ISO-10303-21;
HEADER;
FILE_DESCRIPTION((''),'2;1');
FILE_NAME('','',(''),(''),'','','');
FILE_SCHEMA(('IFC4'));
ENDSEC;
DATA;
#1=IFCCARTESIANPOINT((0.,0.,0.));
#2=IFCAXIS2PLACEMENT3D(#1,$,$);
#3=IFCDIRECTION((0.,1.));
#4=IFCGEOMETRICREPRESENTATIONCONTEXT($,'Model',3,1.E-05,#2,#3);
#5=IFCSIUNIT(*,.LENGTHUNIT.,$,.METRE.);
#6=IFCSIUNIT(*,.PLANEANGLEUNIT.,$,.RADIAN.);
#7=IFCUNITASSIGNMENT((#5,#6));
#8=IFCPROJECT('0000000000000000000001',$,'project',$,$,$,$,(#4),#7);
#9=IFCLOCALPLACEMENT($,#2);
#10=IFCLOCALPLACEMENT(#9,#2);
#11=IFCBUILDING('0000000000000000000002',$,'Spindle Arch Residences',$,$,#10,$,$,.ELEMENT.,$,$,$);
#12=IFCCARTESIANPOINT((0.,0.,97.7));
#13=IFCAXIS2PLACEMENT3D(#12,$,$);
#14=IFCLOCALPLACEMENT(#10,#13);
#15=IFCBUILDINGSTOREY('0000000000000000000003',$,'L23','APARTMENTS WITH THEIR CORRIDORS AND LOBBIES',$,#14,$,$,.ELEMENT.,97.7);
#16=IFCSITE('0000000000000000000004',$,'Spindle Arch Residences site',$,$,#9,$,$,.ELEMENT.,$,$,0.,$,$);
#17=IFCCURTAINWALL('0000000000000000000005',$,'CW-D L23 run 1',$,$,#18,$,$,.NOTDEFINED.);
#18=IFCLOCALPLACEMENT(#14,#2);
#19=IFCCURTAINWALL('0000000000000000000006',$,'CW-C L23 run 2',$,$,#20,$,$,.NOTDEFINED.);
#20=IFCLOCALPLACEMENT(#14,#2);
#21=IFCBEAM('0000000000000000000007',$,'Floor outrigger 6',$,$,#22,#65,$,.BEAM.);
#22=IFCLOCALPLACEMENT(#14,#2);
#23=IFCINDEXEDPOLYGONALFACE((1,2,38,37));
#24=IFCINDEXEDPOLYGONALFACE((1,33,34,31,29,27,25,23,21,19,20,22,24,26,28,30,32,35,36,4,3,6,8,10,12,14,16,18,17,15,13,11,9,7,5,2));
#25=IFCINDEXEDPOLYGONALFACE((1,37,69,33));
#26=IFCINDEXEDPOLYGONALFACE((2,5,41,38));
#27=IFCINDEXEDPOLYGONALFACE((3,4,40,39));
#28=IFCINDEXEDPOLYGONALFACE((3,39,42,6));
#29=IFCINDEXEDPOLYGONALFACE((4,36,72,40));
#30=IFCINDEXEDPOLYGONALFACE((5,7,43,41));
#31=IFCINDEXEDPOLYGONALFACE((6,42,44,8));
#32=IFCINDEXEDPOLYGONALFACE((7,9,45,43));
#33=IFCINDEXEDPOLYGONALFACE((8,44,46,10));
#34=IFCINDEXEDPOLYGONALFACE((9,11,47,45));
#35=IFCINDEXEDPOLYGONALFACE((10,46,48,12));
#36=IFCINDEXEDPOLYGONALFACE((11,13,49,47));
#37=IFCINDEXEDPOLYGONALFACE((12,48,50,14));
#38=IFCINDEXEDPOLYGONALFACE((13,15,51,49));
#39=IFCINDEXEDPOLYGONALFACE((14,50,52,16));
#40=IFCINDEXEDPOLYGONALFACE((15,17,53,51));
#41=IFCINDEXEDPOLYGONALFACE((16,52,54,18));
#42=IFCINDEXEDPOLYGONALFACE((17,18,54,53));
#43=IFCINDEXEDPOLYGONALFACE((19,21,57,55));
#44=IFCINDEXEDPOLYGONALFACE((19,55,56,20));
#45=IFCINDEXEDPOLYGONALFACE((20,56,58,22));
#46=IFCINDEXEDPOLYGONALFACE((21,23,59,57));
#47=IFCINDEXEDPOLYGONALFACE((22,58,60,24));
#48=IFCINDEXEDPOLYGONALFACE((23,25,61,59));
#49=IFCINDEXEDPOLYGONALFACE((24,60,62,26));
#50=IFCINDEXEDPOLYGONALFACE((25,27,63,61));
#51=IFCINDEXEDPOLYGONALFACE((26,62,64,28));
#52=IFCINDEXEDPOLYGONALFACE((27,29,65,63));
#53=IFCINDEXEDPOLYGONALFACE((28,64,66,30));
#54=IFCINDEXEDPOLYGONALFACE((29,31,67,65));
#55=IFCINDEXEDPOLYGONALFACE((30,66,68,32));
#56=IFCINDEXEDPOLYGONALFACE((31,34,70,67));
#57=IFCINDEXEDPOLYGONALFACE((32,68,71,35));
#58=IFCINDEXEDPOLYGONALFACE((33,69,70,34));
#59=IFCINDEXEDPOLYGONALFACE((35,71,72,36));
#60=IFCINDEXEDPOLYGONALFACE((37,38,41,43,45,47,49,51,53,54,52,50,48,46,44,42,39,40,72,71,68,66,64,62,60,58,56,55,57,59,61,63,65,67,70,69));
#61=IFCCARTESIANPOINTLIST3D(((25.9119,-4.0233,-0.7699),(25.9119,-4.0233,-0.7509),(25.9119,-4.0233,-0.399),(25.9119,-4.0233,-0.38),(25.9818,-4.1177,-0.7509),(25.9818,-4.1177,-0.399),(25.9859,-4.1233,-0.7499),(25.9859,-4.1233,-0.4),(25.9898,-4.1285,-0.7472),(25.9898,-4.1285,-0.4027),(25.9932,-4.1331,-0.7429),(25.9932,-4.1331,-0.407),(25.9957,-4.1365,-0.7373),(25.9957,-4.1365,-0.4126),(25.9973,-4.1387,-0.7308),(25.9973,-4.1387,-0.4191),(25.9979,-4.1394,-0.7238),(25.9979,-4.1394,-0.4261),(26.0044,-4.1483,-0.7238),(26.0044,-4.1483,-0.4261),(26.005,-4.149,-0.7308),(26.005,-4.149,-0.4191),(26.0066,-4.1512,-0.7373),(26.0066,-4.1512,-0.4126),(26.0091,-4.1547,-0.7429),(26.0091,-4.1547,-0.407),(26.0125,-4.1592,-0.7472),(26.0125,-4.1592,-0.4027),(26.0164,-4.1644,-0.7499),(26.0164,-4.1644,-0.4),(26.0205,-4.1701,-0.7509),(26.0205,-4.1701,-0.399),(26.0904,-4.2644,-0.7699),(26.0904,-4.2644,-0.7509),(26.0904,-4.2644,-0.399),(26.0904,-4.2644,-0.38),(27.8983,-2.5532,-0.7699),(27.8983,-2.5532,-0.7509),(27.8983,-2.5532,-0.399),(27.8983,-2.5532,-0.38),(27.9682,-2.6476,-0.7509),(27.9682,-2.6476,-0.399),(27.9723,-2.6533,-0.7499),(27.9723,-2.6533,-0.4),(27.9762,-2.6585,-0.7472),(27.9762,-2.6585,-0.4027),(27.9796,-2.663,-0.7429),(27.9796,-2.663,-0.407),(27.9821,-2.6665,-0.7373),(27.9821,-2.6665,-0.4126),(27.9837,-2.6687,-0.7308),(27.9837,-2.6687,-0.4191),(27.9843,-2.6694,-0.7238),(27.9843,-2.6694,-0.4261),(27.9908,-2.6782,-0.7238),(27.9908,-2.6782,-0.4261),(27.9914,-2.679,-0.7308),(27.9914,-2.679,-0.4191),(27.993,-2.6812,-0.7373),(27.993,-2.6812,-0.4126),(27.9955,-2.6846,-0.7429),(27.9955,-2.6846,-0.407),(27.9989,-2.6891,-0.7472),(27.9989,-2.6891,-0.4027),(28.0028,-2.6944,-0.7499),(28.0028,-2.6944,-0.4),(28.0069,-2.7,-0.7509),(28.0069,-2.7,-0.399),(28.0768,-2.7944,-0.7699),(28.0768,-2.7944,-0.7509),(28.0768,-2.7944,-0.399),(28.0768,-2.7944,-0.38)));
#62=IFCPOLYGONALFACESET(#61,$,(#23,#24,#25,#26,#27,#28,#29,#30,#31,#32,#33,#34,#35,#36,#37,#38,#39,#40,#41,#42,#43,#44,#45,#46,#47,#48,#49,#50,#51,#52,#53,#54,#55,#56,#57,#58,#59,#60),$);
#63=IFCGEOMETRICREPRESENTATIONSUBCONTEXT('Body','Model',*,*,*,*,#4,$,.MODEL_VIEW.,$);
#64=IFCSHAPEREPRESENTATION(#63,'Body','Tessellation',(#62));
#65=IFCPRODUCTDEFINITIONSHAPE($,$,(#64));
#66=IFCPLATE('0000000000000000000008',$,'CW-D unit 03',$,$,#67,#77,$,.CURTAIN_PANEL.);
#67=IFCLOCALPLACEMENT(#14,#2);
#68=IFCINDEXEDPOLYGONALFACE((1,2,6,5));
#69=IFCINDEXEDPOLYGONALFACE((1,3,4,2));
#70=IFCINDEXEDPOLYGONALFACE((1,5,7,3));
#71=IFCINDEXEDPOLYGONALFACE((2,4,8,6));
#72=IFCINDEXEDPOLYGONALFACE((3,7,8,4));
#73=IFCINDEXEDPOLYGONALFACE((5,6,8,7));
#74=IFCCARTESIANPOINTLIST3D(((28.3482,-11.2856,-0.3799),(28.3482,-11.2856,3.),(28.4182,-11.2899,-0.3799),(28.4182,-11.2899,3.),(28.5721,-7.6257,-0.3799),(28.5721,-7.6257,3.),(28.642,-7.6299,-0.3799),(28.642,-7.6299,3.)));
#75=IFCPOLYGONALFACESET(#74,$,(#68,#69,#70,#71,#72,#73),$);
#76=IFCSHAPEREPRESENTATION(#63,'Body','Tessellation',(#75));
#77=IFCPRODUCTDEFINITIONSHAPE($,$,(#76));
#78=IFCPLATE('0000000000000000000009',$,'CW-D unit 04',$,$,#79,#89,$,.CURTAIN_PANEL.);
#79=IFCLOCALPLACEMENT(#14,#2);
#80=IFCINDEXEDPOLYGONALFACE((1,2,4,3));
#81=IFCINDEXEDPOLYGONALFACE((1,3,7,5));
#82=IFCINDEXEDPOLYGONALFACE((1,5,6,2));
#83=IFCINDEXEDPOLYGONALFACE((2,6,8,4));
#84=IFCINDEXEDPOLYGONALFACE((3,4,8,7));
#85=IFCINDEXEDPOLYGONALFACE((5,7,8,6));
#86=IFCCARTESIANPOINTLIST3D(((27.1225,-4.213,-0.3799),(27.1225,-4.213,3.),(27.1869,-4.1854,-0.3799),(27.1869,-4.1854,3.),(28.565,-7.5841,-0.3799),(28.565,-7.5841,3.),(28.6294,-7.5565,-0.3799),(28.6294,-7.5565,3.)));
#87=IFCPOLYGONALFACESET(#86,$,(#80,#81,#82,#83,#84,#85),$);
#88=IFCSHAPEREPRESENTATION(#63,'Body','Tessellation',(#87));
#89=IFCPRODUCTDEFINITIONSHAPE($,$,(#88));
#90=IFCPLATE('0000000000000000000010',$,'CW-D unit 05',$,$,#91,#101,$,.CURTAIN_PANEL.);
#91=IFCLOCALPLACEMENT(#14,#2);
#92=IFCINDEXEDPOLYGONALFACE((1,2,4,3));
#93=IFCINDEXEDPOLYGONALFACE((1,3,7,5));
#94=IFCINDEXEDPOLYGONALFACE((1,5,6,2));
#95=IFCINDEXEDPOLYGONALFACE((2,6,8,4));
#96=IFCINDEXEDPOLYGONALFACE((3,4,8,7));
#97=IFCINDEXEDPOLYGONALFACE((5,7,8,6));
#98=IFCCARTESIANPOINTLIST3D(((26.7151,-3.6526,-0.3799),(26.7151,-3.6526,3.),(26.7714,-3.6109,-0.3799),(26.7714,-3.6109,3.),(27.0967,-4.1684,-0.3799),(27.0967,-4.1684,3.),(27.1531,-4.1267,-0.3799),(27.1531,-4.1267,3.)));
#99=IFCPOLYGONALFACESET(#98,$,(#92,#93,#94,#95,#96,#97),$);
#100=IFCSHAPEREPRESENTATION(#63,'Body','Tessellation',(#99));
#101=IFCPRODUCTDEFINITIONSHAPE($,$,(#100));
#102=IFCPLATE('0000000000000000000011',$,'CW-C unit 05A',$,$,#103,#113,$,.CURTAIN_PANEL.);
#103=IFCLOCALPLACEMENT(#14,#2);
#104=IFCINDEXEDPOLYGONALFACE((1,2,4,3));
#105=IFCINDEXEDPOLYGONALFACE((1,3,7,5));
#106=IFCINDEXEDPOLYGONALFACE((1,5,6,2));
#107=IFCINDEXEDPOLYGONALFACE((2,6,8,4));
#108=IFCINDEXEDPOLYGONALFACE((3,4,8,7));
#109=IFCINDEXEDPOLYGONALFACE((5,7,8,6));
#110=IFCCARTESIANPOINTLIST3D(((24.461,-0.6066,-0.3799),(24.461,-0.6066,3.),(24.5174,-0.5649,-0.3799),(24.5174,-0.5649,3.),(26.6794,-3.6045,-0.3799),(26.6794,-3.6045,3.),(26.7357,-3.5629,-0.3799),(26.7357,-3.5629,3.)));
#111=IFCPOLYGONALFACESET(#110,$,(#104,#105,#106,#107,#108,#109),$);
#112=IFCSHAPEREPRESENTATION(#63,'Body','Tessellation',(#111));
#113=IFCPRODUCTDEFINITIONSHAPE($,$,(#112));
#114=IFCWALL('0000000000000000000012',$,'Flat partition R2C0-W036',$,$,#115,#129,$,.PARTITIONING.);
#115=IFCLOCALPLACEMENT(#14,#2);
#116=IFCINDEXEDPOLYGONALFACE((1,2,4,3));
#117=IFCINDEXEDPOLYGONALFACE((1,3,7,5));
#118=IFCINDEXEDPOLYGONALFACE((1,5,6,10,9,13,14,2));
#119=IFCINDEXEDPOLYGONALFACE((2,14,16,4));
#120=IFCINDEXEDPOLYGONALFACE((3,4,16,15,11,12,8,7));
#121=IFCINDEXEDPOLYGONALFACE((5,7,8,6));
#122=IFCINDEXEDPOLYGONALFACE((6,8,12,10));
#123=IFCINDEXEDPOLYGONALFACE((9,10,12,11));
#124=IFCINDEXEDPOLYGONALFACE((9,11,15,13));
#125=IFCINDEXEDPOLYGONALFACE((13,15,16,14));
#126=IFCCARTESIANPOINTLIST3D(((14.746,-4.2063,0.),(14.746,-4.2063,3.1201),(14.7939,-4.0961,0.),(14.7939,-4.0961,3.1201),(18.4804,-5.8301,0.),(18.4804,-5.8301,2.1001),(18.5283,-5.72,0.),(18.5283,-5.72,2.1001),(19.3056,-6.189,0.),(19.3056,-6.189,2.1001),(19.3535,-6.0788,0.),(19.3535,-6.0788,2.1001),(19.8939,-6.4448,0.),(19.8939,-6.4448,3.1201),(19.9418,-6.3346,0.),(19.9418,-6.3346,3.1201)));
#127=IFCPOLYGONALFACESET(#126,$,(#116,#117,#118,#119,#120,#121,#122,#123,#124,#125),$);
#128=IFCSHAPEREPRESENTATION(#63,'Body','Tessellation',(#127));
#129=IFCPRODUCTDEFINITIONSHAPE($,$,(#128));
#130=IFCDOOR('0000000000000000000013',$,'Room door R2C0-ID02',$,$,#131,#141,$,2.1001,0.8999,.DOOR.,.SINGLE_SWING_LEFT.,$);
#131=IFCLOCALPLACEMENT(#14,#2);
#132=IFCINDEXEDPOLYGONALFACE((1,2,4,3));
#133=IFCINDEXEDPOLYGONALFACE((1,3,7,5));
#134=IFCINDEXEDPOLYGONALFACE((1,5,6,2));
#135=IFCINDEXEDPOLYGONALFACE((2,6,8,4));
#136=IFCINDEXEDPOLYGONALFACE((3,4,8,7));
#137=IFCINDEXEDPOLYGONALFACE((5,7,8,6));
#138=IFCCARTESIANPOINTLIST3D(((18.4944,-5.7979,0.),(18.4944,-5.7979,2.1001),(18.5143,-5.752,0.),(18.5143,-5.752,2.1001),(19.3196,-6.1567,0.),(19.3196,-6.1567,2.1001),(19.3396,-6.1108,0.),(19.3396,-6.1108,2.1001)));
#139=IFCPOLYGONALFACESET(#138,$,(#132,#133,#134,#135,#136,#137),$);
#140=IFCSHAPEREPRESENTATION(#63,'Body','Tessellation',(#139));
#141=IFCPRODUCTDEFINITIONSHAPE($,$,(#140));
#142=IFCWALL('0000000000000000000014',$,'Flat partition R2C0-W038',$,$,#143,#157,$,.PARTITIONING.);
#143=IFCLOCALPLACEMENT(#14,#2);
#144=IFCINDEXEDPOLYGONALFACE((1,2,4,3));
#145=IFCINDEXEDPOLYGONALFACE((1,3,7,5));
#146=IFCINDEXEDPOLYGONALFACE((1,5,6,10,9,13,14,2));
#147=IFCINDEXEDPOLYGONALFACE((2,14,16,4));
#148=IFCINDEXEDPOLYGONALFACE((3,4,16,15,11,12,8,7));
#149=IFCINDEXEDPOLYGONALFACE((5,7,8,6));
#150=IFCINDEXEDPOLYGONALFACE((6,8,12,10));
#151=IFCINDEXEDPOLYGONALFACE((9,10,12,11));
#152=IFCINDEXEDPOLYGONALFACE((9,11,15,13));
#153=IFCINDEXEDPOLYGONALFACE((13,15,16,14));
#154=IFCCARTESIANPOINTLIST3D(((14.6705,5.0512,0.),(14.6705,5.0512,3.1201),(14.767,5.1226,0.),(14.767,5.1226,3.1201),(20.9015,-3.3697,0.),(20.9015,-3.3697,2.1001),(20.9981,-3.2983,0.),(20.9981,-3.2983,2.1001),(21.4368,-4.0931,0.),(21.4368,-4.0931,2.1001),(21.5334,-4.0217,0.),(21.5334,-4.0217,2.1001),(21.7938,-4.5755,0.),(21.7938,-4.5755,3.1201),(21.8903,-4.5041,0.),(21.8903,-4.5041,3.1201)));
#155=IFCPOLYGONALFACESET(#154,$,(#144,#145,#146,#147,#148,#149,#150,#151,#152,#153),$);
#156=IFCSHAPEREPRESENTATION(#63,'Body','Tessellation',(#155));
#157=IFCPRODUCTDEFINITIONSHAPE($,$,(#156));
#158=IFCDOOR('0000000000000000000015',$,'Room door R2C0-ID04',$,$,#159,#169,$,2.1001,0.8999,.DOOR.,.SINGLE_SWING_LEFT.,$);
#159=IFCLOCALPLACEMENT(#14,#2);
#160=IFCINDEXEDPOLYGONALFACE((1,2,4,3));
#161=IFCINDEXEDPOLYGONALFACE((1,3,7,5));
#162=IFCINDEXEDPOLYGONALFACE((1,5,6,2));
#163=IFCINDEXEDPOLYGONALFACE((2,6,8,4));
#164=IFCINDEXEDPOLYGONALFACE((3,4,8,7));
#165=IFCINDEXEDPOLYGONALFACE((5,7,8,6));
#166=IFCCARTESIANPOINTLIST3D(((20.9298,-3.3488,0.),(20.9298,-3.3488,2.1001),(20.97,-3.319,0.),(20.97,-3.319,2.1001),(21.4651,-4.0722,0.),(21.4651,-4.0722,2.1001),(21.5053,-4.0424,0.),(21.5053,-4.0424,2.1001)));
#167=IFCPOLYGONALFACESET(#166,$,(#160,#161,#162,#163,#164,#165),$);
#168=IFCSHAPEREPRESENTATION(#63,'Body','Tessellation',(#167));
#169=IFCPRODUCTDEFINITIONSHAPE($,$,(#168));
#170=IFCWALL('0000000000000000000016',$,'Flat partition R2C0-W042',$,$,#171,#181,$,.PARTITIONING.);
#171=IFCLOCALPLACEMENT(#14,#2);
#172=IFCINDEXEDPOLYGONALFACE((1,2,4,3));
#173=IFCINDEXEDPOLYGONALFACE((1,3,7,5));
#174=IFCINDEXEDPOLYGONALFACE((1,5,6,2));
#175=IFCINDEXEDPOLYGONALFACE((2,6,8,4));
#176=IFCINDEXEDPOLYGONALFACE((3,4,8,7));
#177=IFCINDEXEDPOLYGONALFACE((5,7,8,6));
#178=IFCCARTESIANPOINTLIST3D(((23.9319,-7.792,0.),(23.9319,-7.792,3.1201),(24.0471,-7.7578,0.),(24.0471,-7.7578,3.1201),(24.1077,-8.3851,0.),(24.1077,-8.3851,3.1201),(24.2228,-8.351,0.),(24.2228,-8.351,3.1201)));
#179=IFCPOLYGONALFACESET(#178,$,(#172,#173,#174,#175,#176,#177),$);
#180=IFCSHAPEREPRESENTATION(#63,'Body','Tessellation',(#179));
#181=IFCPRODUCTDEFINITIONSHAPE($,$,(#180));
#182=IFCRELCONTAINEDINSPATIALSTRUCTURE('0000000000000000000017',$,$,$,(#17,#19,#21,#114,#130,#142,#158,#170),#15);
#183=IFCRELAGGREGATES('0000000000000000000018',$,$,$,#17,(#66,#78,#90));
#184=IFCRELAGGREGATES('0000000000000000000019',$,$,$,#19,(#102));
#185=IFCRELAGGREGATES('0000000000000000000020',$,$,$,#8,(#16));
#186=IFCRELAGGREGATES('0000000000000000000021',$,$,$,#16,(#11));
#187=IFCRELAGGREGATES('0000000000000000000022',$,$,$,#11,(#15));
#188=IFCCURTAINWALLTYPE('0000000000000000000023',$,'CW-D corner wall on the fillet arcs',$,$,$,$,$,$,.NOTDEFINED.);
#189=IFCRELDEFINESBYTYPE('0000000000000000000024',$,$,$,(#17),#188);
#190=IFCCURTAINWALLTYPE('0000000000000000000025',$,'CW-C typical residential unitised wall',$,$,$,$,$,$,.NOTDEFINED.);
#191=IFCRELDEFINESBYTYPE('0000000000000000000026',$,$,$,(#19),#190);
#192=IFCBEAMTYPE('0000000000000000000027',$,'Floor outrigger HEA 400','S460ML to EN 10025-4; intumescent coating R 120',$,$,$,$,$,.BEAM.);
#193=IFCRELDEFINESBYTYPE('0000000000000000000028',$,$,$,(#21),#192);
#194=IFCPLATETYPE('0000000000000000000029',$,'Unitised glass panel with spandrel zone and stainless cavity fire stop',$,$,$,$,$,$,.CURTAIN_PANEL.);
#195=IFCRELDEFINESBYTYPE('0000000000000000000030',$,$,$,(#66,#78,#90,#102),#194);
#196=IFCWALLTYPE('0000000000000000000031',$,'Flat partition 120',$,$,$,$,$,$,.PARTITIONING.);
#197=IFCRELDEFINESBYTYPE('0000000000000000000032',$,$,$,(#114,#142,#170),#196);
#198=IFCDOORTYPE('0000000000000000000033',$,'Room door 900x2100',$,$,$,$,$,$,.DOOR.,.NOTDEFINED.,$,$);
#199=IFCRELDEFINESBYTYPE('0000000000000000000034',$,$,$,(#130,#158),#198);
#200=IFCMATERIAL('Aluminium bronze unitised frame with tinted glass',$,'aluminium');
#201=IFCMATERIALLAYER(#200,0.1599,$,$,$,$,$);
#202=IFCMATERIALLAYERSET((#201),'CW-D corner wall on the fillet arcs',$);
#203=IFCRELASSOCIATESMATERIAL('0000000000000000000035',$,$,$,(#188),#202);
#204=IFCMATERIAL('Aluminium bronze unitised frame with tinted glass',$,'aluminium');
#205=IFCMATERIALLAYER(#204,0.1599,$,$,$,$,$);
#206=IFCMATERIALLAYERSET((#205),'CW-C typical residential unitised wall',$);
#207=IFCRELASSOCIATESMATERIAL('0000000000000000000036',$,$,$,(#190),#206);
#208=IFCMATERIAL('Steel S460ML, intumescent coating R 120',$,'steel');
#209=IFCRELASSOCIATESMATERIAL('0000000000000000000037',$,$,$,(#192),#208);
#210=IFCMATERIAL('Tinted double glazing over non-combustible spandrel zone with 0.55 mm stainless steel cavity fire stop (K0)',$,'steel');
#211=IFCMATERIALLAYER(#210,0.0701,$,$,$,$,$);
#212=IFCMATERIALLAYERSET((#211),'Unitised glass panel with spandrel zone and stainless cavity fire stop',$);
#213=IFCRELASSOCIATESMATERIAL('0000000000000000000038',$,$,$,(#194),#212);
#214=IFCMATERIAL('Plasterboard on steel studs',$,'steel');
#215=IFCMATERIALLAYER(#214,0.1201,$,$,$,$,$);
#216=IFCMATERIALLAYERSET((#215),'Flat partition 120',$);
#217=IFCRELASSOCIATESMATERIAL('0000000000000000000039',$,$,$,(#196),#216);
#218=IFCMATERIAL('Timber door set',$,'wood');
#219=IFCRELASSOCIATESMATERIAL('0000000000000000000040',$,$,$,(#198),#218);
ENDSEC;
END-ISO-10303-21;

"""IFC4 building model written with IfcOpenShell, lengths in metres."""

from ifc_helpers import new_model, si_unit, direction, frame, frame_2d, origin, origin_2d, place, context, subcontext, project, spatial, rectangle, i_section, extrude, material, layer, layer_set, material_profile, profile_set, type_object, element, fill, aggregate, save


model = new_model("IFC4")

# Units and contexts
model_context = context("Model", 3, precision=1e-05, world=origin(), true_north=direction((0.0, 1.0)))
body_context = subcontext(model_context, "Body", "Model", "MODEL_VIEW")
ifc_project = project(units=[si_unit("LENGTHUNIT", "METRE"), si_unit("PLANEANGLEUNIT", "RADIAN")], contexts=[model_context])

# Site, building, storey
site_placement = place(None, origin())
site = spatial("IfcSite", under=ifc_project, at=site_placement, Name="Spindle Arch Residences site", CompositionType="ELEMENT", RefElevation=0.0)
building_placement = place(site_placement, origin())
building = spatial("IfcBuilding", under=site, at=building_placement, Name="Spindle Arch Residences", CompositionType="ELEMENT")
storey_placement = place(building_placement, frame((0.0, 0.0, 97.7)))
storey = spatial("IfcBuildingStorey", under=building, at=storey_placement, Name="L23", Description="APARTMENTS WITH THEIR CORRIDORS AND LOBBIES", CompositionType="ELEMENT", Elevation=97.7)

# Curtain wall
ifc_material_1 = material(Name="Aluminium bronze unitised frame with tinted glass", Category="aluminium")
ifc_layer_1 = layer(ifc_material_1, 0.1599)
ifc_layer_set_1 = layer_set([ifc_layer_1], Name="CW-D corner wall on the fillet arcs")
curtain_wall_type_1 = type_object("IfcCurtainWallType", Name="CW-D corner wall on the fillet arcs", PredefinedType="NOTDEFINED", material=ifc_layer_set_1)
curtain_wall_1_placement = place(storey_placement, origin())
curtain_wall_1 = element("IfcCurtainWall", 1, at=curtain_wall_1_placement, inside=storey, type_object=curtain_wall_type_1, Name="CW-D L23 run 1", PredefinedType="NOTDEFINED")

# Curtain wall
ifc_material_2 = material(Name="Aluminium bronze unitised frame with tinted glass", Category="aluminium")
ifc_layer_2 = layer(ifc_material_2, 0.1599)
ifc_layer_set_2 = layer_set([ifc_layer_2], Name="CW-C typical residential unitised wall")
curtain_wall_type_2 = type_object("IfcCurtainWallType", Name="CW-C typical residential unitised wall", PredefinedType="NOTDEFINED", material=ifc_layer_set_2)
curtain_wall_2_placement = place(storey_placement, origin())
curtain_wall_2 = element("IfcCurtainWall", 2, at=curtain_wall_2_placement, inside=storey, type_object=curtain_wall_type_2, Name="CW-C L23 run 2", PredefinedType="NOTDEFINED")

# Beam
ifc_material_3 = material(Name="Steel S460ML, intumescent coating R 120", Category="steel")
ifc_material_profile_1 = material_profile(ifc_material_3, i_section(OverallWidth=0.3, OverallDepth=0.3899, WebThickness=0.011, FlangeThickness=0.019, FilletRadius=0.0271, at=origin_2d()), Name="HEA 400")
ifc_profile_set_1 = profile_set([ifc_material_profile_1], Name="Steel S460ML, intumescent coating R 120")
beam_type_1 = type_object("IfcBeamType", Name="Floor outrigger HEA 400", Description="S460ML to EN 10025-4; intumescent coating R 120", PredefinedType="BEAM", material=ifc_profile_set_1)
beam_1_placement = place(storey_placement, frame((27.9875, -2.6738, -0.575), z_axis=(-0.803825, -0.594866, 0.0), x_axis=(0.594866, -0.803825, 0.0)))
element("IfcBeam", 3, at=beam_1_placement, inside=storey, type_object=beam_type_1, Name="Floor outrigger 6", PredefinedType="BEAM", context=body_context, shape_type="SweptSolid", body=[
    extrude(i_section(OverallWidth=0.3, OverallDepth=0.3899, WebThickness=0.011, FlangeThickness=0.019, FilletRadius=0.0271, at=origin_2d()), origin(), (0.0, 0.0, 1.0), 2.4712),
])

# Plates
ifc_material_4 = material(Name="Tinted double glazing over non-combustible spandrel zone with 0.55 mm stainless steel cavity fire stop (K0)", Category="steel")
ifc_layer_3 = layer(ifc_material_4, 0.0701)
ifc_layer_set_3 = layer_set([ifc_layer_3], Name="Unitised glass panel with spandrel zone and stainless cavity fire stop")
plate_type = type_object("IfcPlateType", Name="Unitised glass panel with spandrel zone and stainless cavity fire stop", PredefinedType="CURTAIN_PANEL", material=ifc_layer_set_3)
plate_1_placement = place(storey_placement, frame((28.4951, -9.4578, -0.3799), z_axis=(0.0, 0.0, 1.0), x_axis=(0.061049, 0.998135, 0.0)))
plate_1 = element("IfcPlate", 4, at=plate_1_placement, type_object=plate_type, Name="CW-D unit 03", PredefinedType="CURTAIN_PANEL", context=body_context, shape_type="SweptSolid", body=[
    extrude(rectangle(XDim=3.6667, YDim=0.0701, at=origin_2d()), origin(), (0.0, 0.0, 1.0), 3.3799),
])
plate_2_placement = place(storey_placement, frame((27.876, -5.8848, -0.3799), z_axis=(0.0, 0.0, 1.0), x_axis=(-0.393407, 0.919364, 0.0)))
plate_2 = element("IfcPlate", 5, at=plate_2_placement, type_object=plate_type, Name="CW-D unit 04", PredefinedType="CURTAIN_PANEL", context=body_context, shape_type="SweptSolid", body=[
    extrude(rectangle(XDim=3.6667, YDim=0.0701, at=origin_2d()), origin(), (0.0, 0.0, 1.0), 3.3799),
])
plate_3_placement = place(storey_placement, frame((26.9341, -3.8896, -0.3799), z_axis=(0.0, 0.0, 1.0), x_axis=(-0.594823, 0.803857, 0.0)))
plate_3 = element("IfcPlate", 6, at=plate_3_placement, type_object=plate_type, Name="CW-D unit 05", PredefinedType="CURTAIN_PANEL", context=body_context, shape_type="SweptSolid", body=[
    extrude(rectangle(XDim=0.6416, YDim=0.0701, at=origin_2d()), origin(), (0.0, 0.0, 1.0), 3.3799),
])
aggregate(curtain_wall_1, [plate_1, plate_2, plate_3])
plate_4_placement = place(storey_placement, frame((25.5984, -2.0847, -0.3799), z_axis=(0.0, 0.0, 1.0), x_axis=(-0.594823, 0.803857, 0.0)))
plate_4 = element("IfcPlate", 7, at=plate_4_placement, type_object=plate_type, Name="CW-C unit 05A", PredefinedType="CURTAIN_PANEL", context=body_context, shape_type="SweptSolid", body=[
    extrude(rectangle(XDim=3.7295, YDim=0.0701, at=origin_2d()), origin(), (0.0, 0.0, 1.0), 3.3799),
])
aggregate(curtain_wall_2, [plate_4])

# Walls, openings, doors
ifc_material_5 = material(Name="Plasterboard on steel studs", Category="steel")
ifc_layer_4 = layer(ifc_material_5, 0.1201)
ifc_layer_set_4 = layer_set([ifc_layer_4], Name="Flat partition 120")
wall_type = type_object("IfcWallType", Name="Flat partition 120", PredefinedType="PARTITIONING", material=ifc_layer_set_4)
wall_1_placement = place(storey_placement, frame((19.9177, -6.3896, 0.0), z_axis=(0.0, 0.0, 1.0), x_axis=(-0.917051, 0.398769, 0.0)))
wall_1 = element("IfcWall", 8, at=wall_1_placement, inside=storey, type_object=wall_type, Name="Flat partition R2C0-W036", PredefinedType="PARTITIONING", context=body_context, shape_type="SweptSolid", body=[
    extrude(rectangle(XDim=5.6135, YDim=0.1201, at=frame_2d((2.8066, 0.0))), origin(), (0.0, 0.0, 1.0), 3.1201),
])
opening_1_placement = place(wall_1_placement, frame((0.6414, 0.0, 0.0)))
opening_1 = element("IfcOpeningElement", 9, at=opening_1_placement, cuts=wall_1, PredefinedType="OPENING", context=body_context, shape_type="SweptSolid", body=[
    extrude(rectangle(XDim=0.8999, YDim=2.1001, at=frame_2d((0.45, 1.05))), frame((0.0, 0.0701, 0.0), z_axis=(0.0, -1.0, 0.0), x_axis=(1.0, 0.0, 0.0)), (0.0, 0.0, 1.0), 0.1401),
])
ifc_material_6 = material(Name="Timber door set", Category="wood")
door_type = type_object("IfcDoorType", Name="Room door 900x2100", OperationType="NOTDEFINED", PredefinedType="DOOR", material=ifc_material_6)
door_1_placement = place(opening_1_placement, origin())
door_1 = element("IfcDoor", 10, at=door_1_placement, inside=storey, type_object=door_type, Name="Room door R2C0-ID02", OperationType="SINGLE_SWING_LEFT", OverallHeight=2.1001, OverallWidth=0.8999, PredefinedType="DOOR", context=body_context, shape_type="SweptSolid", body=[
    extrude(rectangle(XDim=0.8999, YDim=2.1001, at=frame_2d((0.45, 1.05))), frame((0.0, 0.0249, 0.0), z_axis=(0.0, -1.0, 0.0), x_axis=(1.0, 0.0, 0.0)), (0.0, 0.0, 1.0), 0.05),
])
fill(opening_1, door_1)
wall_2_placement = place(storey_placement, frame((21.842, -4.5398, 0.0), z_axis=(0.0, 0.0, 1.0), x_axis=(-0.594817, 0.803861, 0.0)))
wall_2 = element("IfcWall", 11, at=wall_2_placement, inside=storey, type_object=wall_type, Name="Flat partition R2C0-W038", PredefinedType="PARTITIONING", context=body_context, shape_type="SweptSolid", body=[
    extrude(rectangle(XDim=11.9756, YDim=0.1201, at=frame_2d((5.9878, 0.0))), origin(), (0.0, 0.0, 1.0), 3.1201),
])
opening_2_placement = place(wall_2_placement, frame((0.6001, 0.0, 0.0)))
opening_2 = element("IfcOpeningElement", 12, at=opening_2_placement, cuts=wall_2, PredefinedType="OPENING", context=body_context, shape_type="SweptSolid", body=[
    extrude(rectangle(XDim=0.8999, YDim=2.1001, at=frame_2d((0.45, 1.05))), frame((0.0, 0.0701, 0.0), z_axis=(0.0, -1.0, 0.0), x_axis=(1.0, 0.0, 0.0)), (0.0, 0.0, 1.0), 0.1401),
])
door_2_placement = place(opening_2_placement, origin())
door_2 = element("IfcDoor", 13, at=door_2_placement, inside=storey, type_object=door_type, Name="Room door R2C0-ID04", OperationType="SINGLE_SWING_LEFT", OverallHeight=2.1001, OverallWidth=0.8999, PredefinedType="DOOR", context=body_context, shape_type="SweptSolid", body=[
    extrude(rectangle(XDim=0.8999, YDim=2.1001, at=frame_2d((0.45, 1.05))), frame((0.0, 0.0249, 0.0), z_axis=(0.0, -1.0, 0.0), x_axis=(1.0, 0.0, 0.0)), (0.0, 0.0, 1.0), 0.05),
])
fill(opening_2, door_2)

# Wall
wall_3_placement = place(storey_placement, frame((23.9895, -7.7749, 0.0), z_axis=(0.0, 0.0, 1.0), x_axis=(0.284088, -0.958798, 0.0)))
element("IfcWall", 14, at=wall_3_placement, inside=storey, type_object=wall_type, Name="Flat partition R2C0-W042", PredefinedType="PARTITIONING", context=body_context, shape_type="SweptSolid", body=[
    extrude(rectangle(XDim=0.6187, YDim=0.1201, at=frame_2d((0.3093, 0.0))), origin(), (0.0, 0.0, 1.0), 3.1201),
])

save(model, "model.ifc")
